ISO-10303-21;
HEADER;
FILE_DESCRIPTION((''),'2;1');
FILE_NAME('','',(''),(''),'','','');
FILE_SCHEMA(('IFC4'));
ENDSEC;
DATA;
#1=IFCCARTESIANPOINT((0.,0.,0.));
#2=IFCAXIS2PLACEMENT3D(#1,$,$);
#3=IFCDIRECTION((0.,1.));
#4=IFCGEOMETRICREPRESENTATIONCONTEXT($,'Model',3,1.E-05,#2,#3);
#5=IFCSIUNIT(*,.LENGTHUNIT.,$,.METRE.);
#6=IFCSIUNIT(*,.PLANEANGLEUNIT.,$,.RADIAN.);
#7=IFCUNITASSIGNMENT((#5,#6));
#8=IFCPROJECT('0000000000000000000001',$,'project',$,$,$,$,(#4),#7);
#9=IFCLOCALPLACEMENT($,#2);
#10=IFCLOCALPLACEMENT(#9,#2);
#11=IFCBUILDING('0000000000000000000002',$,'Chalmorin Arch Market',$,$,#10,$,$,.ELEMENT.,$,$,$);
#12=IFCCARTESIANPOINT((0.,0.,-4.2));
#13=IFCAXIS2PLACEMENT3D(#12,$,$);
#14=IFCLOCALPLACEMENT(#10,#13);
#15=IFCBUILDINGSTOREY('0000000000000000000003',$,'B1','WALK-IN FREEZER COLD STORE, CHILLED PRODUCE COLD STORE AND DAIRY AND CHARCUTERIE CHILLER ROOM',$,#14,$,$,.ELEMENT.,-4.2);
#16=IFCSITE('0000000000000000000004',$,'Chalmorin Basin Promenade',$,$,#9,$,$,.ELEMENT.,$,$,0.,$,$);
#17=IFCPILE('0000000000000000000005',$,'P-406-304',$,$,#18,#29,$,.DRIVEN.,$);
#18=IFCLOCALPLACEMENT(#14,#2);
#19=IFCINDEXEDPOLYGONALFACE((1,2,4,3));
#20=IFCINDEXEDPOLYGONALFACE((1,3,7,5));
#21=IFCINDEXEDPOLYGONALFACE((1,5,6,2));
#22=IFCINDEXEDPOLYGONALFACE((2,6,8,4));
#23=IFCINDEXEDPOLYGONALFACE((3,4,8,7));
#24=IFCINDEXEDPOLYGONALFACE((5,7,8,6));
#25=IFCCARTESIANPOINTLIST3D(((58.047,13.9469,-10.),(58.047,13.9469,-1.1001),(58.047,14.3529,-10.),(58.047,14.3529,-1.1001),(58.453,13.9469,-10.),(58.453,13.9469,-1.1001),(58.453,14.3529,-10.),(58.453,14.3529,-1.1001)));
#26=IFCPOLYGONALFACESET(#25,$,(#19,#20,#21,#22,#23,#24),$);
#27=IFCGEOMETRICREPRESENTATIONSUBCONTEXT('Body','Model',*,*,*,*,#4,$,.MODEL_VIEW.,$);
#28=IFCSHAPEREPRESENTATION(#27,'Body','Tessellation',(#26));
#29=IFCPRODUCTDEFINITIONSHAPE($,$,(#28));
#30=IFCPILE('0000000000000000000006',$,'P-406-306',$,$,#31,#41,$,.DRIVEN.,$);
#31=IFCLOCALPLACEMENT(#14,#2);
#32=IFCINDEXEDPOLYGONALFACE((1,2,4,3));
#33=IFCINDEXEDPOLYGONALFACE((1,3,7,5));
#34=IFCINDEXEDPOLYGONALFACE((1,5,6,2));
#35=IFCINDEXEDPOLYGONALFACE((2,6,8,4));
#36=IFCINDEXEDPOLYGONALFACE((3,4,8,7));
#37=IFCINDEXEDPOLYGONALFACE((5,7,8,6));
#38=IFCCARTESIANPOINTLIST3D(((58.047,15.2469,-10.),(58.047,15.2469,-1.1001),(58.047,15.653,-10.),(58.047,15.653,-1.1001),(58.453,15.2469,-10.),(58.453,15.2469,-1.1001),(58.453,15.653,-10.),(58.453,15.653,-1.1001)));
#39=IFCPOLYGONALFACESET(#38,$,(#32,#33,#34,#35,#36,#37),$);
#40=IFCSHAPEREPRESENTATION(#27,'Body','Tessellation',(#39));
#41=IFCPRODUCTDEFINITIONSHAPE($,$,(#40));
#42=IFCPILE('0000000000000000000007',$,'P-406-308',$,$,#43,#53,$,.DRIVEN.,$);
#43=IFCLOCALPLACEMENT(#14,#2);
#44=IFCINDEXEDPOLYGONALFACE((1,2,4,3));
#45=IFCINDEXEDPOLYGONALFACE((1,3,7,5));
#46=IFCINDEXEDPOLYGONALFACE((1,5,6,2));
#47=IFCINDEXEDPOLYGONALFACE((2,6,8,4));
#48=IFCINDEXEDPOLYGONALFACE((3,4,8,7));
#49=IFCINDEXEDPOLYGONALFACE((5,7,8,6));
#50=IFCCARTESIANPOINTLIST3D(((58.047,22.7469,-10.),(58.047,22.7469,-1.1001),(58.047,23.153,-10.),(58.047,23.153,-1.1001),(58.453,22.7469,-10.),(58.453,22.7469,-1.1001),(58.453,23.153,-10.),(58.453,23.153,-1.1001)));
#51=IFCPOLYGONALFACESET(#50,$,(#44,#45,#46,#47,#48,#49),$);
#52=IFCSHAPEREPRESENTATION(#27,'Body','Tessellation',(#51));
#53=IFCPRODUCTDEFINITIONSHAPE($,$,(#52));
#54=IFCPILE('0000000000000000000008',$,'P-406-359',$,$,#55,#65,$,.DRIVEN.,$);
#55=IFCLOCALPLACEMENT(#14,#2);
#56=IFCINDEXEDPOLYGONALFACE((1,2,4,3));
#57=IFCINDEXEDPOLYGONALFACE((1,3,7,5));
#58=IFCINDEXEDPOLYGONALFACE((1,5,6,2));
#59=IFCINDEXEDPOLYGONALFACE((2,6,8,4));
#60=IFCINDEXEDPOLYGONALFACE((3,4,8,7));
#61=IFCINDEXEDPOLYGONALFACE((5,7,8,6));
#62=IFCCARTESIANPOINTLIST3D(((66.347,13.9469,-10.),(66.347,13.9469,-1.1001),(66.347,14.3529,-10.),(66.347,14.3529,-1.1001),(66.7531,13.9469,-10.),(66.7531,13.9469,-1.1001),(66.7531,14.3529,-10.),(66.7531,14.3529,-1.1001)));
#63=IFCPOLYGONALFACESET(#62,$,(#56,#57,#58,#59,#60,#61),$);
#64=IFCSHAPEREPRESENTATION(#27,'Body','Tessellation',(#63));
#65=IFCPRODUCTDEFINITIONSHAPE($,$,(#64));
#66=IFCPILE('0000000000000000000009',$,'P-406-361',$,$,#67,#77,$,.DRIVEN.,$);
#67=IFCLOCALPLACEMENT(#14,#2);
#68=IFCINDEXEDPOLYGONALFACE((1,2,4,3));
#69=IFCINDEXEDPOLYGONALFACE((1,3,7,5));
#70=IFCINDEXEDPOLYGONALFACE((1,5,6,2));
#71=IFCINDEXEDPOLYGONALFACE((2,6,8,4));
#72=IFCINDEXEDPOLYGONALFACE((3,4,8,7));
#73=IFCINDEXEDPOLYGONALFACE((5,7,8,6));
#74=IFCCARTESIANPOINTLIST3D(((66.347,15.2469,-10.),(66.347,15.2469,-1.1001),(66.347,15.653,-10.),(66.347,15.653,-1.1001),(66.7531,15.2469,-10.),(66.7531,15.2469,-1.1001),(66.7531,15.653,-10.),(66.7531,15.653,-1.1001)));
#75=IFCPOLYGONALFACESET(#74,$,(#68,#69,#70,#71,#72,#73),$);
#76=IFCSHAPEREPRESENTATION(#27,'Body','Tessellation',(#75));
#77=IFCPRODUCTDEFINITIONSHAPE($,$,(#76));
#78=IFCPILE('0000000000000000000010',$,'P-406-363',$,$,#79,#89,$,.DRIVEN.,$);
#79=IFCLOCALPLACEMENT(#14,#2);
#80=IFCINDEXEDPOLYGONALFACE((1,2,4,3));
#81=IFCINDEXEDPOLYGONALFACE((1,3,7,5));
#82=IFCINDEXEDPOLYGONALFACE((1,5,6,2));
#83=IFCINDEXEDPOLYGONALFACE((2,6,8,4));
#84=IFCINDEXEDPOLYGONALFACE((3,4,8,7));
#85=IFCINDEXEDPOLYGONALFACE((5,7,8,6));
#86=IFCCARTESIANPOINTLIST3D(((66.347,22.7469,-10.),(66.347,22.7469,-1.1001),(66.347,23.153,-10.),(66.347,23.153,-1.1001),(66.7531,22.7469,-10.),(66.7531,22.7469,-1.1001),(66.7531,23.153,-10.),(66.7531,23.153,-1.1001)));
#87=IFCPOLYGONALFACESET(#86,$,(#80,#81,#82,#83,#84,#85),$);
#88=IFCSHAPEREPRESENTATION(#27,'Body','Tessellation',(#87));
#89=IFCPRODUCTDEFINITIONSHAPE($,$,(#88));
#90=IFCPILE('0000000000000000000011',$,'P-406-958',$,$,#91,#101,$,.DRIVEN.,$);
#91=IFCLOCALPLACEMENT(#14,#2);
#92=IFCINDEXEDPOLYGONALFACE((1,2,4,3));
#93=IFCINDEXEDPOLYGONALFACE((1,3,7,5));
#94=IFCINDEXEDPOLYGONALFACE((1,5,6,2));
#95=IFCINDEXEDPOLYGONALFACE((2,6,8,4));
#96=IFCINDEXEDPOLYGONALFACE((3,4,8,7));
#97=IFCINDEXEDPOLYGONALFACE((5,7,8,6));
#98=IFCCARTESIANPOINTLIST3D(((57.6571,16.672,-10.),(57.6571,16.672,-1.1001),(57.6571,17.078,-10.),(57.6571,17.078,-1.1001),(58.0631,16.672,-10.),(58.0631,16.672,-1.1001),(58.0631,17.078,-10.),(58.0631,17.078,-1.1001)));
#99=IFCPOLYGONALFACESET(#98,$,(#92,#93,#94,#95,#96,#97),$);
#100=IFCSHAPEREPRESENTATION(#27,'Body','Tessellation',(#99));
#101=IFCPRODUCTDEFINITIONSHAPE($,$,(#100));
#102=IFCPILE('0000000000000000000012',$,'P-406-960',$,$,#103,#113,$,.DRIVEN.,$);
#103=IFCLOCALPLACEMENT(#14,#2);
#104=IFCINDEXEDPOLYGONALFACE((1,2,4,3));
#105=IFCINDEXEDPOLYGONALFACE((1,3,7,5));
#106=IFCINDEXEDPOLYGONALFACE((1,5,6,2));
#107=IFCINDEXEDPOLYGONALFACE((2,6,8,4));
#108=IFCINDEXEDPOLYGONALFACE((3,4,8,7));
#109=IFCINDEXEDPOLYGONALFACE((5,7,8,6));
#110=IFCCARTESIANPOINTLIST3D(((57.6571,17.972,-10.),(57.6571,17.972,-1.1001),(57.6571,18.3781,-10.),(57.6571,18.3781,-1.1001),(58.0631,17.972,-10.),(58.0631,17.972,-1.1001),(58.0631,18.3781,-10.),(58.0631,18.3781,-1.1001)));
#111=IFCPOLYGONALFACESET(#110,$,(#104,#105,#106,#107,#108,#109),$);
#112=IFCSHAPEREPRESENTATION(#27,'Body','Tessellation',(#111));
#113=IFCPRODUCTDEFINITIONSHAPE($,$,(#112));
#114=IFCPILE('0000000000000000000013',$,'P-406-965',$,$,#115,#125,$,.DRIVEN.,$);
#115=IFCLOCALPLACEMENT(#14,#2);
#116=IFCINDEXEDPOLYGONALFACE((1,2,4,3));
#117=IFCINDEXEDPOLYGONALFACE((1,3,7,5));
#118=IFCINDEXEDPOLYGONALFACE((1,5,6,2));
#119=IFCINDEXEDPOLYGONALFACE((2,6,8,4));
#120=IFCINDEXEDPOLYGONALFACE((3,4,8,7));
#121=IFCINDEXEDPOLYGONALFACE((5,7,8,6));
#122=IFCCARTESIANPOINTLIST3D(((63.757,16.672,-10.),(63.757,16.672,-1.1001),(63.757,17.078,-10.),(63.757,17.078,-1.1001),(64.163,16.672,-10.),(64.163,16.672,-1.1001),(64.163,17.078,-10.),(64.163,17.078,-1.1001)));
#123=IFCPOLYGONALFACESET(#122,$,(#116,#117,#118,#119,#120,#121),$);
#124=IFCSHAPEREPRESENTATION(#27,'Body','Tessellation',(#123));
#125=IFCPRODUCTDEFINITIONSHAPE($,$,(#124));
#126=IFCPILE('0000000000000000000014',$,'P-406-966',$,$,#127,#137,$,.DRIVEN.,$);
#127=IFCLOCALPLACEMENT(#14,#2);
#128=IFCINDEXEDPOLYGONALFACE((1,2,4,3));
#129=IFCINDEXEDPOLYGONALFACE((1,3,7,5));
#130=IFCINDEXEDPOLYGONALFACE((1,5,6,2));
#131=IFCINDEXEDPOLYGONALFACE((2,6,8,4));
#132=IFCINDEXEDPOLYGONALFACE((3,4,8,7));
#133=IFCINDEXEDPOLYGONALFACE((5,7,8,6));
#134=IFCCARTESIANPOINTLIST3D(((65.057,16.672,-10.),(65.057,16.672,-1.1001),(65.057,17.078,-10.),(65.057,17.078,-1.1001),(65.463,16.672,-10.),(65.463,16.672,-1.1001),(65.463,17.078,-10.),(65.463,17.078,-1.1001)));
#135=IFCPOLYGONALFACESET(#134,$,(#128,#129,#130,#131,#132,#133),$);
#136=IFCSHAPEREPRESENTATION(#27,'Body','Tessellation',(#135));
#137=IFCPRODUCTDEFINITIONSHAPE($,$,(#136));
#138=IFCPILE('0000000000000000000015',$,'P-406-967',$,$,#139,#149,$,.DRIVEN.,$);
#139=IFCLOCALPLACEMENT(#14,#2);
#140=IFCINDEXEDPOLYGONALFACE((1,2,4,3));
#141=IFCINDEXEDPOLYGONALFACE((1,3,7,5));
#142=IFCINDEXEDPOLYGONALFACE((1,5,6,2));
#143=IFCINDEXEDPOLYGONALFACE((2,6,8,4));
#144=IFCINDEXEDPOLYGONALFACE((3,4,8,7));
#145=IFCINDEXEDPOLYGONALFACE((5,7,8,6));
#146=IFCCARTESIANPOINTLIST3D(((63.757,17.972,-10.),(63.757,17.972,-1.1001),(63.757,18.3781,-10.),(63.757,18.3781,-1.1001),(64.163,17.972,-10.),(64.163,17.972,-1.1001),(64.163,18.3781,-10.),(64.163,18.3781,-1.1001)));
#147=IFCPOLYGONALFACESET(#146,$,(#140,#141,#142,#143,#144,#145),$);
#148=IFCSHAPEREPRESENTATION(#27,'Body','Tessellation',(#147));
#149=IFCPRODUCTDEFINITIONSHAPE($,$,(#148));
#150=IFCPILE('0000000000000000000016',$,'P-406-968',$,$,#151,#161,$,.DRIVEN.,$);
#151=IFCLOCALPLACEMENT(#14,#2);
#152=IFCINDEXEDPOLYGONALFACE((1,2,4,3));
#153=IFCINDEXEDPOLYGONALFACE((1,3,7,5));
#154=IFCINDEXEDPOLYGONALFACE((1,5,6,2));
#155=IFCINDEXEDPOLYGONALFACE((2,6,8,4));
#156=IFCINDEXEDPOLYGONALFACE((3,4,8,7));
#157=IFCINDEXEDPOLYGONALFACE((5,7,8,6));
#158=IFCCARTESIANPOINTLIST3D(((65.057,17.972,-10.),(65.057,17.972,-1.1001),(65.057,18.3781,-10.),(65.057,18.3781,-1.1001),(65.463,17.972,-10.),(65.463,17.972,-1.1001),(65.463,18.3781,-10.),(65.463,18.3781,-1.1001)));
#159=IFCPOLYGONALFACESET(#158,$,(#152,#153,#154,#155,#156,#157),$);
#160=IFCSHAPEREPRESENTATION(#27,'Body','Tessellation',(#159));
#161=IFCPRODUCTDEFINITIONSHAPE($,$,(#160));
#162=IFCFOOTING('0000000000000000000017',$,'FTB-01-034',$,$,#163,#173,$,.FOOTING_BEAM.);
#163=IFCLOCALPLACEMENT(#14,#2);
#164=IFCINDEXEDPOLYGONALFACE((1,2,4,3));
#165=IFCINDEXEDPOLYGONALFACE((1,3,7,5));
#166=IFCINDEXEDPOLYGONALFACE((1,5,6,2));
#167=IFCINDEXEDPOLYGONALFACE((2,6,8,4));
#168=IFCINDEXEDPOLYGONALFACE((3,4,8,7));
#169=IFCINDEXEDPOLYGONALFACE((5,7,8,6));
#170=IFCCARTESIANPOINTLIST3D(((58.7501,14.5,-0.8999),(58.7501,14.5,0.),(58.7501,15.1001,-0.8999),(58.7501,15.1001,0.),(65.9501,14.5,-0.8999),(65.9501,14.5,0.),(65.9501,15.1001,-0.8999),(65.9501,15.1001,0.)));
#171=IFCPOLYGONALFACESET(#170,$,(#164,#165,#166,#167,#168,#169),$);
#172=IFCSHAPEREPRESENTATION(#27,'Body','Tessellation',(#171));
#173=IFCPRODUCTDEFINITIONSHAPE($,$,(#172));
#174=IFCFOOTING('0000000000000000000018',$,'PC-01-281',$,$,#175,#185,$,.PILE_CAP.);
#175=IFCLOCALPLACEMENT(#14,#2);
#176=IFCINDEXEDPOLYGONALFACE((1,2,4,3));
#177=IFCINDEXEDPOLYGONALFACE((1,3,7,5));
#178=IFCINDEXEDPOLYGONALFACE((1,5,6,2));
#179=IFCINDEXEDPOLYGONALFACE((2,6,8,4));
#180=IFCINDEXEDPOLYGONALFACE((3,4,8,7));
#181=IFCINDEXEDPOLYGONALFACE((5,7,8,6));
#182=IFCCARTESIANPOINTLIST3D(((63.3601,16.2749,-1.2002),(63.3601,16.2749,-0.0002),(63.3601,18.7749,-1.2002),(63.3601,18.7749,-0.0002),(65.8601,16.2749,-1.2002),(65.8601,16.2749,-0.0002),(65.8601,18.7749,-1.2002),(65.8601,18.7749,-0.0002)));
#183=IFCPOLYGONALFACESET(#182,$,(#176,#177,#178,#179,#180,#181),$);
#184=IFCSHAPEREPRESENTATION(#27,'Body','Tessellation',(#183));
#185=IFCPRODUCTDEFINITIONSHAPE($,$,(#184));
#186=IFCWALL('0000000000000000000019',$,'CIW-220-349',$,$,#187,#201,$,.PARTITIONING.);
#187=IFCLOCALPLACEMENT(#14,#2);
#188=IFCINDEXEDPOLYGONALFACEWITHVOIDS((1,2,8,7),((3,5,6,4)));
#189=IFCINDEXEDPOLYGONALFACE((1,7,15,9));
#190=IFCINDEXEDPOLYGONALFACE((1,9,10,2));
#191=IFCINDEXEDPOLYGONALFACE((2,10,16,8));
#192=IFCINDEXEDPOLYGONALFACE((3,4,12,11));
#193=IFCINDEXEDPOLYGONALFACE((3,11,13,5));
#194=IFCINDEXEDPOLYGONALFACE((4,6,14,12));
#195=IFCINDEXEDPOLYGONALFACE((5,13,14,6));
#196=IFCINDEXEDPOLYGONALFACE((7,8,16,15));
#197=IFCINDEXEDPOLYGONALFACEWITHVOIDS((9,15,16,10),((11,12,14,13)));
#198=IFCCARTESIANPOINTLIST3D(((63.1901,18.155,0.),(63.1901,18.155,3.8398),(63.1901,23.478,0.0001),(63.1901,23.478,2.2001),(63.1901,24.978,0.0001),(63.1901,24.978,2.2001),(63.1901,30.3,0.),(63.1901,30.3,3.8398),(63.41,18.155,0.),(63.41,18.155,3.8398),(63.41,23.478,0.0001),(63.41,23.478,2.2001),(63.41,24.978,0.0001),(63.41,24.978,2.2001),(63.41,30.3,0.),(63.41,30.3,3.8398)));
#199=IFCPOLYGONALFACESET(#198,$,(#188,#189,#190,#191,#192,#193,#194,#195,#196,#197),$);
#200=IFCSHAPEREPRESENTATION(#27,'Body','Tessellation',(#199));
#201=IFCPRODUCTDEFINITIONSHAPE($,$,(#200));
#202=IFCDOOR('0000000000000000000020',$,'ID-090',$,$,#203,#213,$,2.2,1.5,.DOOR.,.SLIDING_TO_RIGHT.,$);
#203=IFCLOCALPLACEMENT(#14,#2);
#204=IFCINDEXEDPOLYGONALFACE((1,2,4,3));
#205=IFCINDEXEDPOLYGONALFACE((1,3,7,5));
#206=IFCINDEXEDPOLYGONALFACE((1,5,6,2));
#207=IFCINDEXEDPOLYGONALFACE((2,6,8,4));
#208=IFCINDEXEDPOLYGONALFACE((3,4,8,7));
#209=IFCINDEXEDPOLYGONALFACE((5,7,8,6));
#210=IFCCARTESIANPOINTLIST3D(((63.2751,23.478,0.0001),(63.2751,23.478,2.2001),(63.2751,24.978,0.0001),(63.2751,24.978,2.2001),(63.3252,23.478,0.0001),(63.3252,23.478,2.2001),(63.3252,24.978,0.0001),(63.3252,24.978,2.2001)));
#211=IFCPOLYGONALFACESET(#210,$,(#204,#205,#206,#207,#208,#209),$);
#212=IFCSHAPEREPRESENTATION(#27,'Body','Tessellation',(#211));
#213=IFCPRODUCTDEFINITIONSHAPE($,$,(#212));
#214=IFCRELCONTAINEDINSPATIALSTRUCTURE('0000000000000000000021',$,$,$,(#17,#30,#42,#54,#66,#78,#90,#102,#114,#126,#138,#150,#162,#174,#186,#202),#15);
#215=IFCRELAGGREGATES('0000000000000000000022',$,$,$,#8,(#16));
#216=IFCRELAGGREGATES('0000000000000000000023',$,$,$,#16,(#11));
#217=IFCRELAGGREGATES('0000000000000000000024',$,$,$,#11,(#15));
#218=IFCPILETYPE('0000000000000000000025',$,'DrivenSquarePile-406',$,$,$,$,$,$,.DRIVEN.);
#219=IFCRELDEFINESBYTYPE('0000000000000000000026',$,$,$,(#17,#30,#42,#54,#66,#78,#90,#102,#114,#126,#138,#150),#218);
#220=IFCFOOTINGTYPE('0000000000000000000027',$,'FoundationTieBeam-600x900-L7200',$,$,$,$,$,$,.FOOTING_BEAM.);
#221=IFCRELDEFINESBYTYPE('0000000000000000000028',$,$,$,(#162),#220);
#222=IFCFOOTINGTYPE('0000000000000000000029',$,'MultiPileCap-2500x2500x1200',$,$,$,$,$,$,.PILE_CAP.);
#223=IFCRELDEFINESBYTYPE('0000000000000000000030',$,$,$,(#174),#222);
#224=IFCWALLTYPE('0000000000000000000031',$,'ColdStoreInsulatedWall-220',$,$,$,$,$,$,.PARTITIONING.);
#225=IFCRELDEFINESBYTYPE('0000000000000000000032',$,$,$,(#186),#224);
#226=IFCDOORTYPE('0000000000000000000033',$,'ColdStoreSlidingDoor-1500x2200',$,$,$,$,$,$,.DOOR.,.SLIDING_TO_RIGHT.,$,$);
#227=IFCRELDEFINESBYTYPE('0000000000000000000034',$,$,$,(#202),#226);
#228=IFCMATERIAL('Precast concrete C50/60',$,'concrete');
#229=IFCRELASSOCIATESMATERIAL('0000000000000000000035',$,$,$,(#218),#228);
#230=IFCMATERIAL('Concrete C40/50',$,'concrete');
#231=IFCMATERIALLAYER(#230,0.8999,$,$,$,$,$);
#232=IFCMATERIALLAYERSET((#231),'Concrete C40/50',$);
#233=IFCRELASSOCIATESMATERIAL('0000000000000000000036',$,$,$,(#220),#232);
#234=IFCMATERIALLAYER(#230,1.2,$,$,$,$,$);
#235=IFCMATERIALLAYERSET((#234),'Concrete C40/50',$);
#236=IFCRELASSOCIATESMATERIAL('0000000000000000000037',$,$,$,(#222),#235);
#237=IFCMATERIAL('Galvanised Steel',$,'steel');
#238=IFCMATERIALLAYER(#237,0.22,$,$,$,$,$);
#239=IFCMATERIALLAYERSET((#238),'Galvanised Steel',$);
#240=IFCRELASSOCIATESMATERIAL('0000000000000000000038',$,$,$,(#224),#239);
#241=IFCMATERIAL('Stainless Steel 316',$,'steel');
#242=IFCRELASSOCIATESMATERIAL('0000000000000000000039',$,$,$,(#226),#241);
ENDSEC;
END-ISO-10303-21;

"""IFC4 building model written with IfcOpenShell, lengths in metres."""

from ifc_helpers import new_model, si_unit, direction, frame, frame_2d, origin, origin_2d, place, context, subcontext, project, spatial, rectangle, extrude, material, layer, layer_set, material_profile, profile_set, type_object, element, fill, save


model = new_model("IFC4")

# Units and contexts
model_context = context("Model", 3, precision=1e-05, world=origin(), true_north=direction((0.0, 1.0)))
body_context = subcontext(model_context, "Body", "Model", "MODEL_VIEW")
ifc_project = project(units=[si_unit("LENGTHUNIT", "METRE"), si_unit("PLANEANGLEUNIT", "RADIAN")], contexts=[model_context])

# Site, building, storey
site_placement = place(None, origin())
site = spatial("IfcSite", under=ifc_project, at=site_placement, Name="Chalmorin Basin Promenade", CompositionType="ELEMENT", RefElevation=0.0)
building_placement = place(site_placement, origin())
building = spatial("IfcBuilding", under=site, at=building_placement, Name="Chalmorin Arch Market", CompositionType="ELEMENT")
storey_placement = place(building_placement, frame((0.0, 0.0, -4.2)))
storey = spatial("IfcBuildingStorey", under=building, at=storey_placement, Name="B1", Description="WALK-IN FREEZER COLD STORE, CHILLED PRODUCE COLD STORE AND DAIRY AND CHARCUTERIE CHILLER ROOM", CompositionType="ELEMENT", Elevation=-4.2)

# Piles
ifc_material_1 = material(Name="Precast concrete C50/60", Category="concrete")
ifc_material_profile = material_profile(ifc_material_1, rectangle(XDim=0.406, YDim=0.406, at=origin_2d()), Name="PPC406")
ifc_profile_set = profile_set([ifc_material_profile], Name="Precast concrete C50/60")
pile_type = type_object("IfcPileType", Name="DrivenSquarePile-406", PredefinedType="DRIVEN", material=ifc_profile_set)
for number, where, z_axis, x_axis, name in (
    (1, (58.25, 14.1499, -1.1001), (0.0, 0.0, -1.0), (1.0, 0.0, 0.0), "P-406-304"),
    (2, (58.25, 15.45, -1.1001), (0.0, 0.0, -1.0), (1.0, 0.0, 0.0), "P-406-306"),
    (3, (58.25, 22.95, -1.1001), (0.0, 0.0, -1.0), (1.0, 0.0, 0.0), "P-406-308"),
    (4, (66.55, 14.1499, -1.1001), (0.0, 0.0, -1.0), (1.0, 0.0, 0.0), "P-406-359"),
    (5, (66.55, 15.45, -1.1001), (0.0, 0.0, -1.0), (1.0, 0.0, 0.0), "P-406-361"),
    (6, (66.55, 22.95, -1.1001), (0.0, 0.0, -1.0), (1.0, 0.0, 0.0), "P-406-363"),
    (7, (57.8601, 16.875, -1.1001), (0.0, 0.0, -1.0), (1.0, 0.0, 0.0), "P-406-958"),
    (8, (57.8601, 18.175, -1.1001), (0.0, 0.0, -1.0), (1.0, 0.0, 0.0), "P-406-960"),
    (9, (63.96, 16.875, -1.1001), (0.0, 0.0, -1.0), (1.0, 0.0, 0.0), "P-406-965"),
    (10, (65.26, 16.875, -1.1001), (0.0, 0.0, -1.0), (1.0, 0.0, 0.0), "P-406-966"),
    (11, (63.96, 18.175, -1.1001), (0.0, 0.0, -1.0), (1.0, 0.0, 0.0), "P-406-967"),
    (12, (65.26, 18.175, -1.1001), (0.0, 0.0, -1.0), (1.0, 0.0, 0.0), "P-406-968"),
):
    element("IfcPile", number, at=place(storey_placement, frame(where, z_axis=z_axis, x_axis=x_axis)), inside=storey, type_object=pile_type, Name=name, PredefinedType="DRIVEN", context=body_context, shape_type="SweptSolid", body=[
        extrude(rectangle(XDim=0.406, YDim=0.406, at=origin_2d()), origin(), (0.0, 0.0, 1.0), 8.8999),
    ])

# Footings
ifc_material_2 = material(Name="Concrete C40/50", Category="concrete")
ifc_layer_1 = layer(ifc_material_2, 0.8999)
ifc_layer_set_1 = layer_set([ifc_layer_1], Name="Concrete C40/50")
footing_type_1 = type_object("IfcFootingType", Name="FoundationTieBeam-600x900-L7200", PredefinedType="FOOTING_BEAM", material=ifc_layer_set_1)
footing_1_placement = place(storey_placement, frame((62.3501, 14.8, -0.8999), z_axis=(0.0, 0.0, 1.0), x_axis=(1.0, 0.0, 0.0)))
element("IfcFooting", 13, at=footing_1_placement, inside=storey, type_object=footing_type_1, Name="FTB-01-034", PredefinedType="FOOTING_BEAM", context=body_context, shape_type="SweptSolid", body=[
    extrude(rectangle(XDim=7.2, YDim=0.6001, at=origin_2d()), origin(), (0.0, 0.0, 1.0), 0.8999),
])
ifc_layer_2 = layer(ifc_material_2, 1.2)
ifc_layer_set_2 = layer_set([ifc_layer_2], Name="Concrete C40/50")
footing_type_2 = type_object("IfcFootingType", Name="MultiPileCap-2500x2500x1200", PredefinedType="PILE_CAP", material=ifc_layer_set_2)
footing_2_placement = place(storey_placement, frame((64.6101, 17.5249, -1.2002), z_axis=(0.0, 0.0, 1.0), x_axis=(1.0, 0.0, 0.0)))
element("IfcFooting", 14, at=footing_2_placement, inside=storey, type_object=footing_type_2, Name="PC-01-281", PredefinedType="PILE_CAP", context=body_context, shape_type="SweptSolid", body=[
    extrude(rectangle(XDim=2.5, YDim=2.5, at=origin_2d()), origin(), (0.0, 0.0, 1.0), 1.2),
])

# Wall, opening, door
ifc_material_3 = material(Name="Galvanised Steel", Category="steel")
ifc_layer_3 = layer(ifc_material_3, 0.22)
ifc_layer_set_3 = layer_set([ifc_layer_3], Name="Galvanised Steel")
wall_type_1 = type_object("IfcWallType", Name="ColdStoreInsulatedWall-220", PredefinedType="PARTITIONING", material=ifc_layer_set_3)
wall_1_placement = place(storey_placement, frame((63.3, 18.155, 0.0), z_axis=(0.0, 0.0, 1.0), x_axis=(0.0, 1.0, 0.0)))
wall_1 = element("IfcWall", 15, at=wall_1_placement, inside=storey, type_object=wall_type_1, Name="CIW-220-349", PredefinedType="PARTITIONING", context=body_context, shape_type="SweptSolid", body=[
    extrude(rectangle(XDim=12.145, YDim=0.22, at=frame_2d((6.0725, 0.0))), origin(), (0.0, 0.0, 1.0), 3.8398),
])
opening_placement = place(wall_1_placement, frame((5.323, 0.0, 0.0)))
opening = element("IfcOpeningElement", 16, at=opening_placement, cuts=wall_1, PredefinedType="OPENING", context=body_context, shape_type="SweptSolid", body=[
    extrude(rectangle(XDim=1.5, YDim=2.2, at=frame_2d((0.75, 1.1001))), frame((0.0, 0.1199, 0.0), z_axis=(0.0, -1.0, 0.0), x_axis=(1.0, 0.0, 0.0)), (0.0, 0.0, 1.0), 0.24),
])
ifc_material_4 = material(Name="Stainless Steel 316", Category="steel")
door_type = type_object("IfcDoorType", Name="ColdStoreSlidingDoor-1500x2200", OperationType="SLIDING_TO_RIGHT", PredefinedType="DOOR", material=ifc_material_4)
door_placement = place(opening_placement, origin())
door = element("IfcDoor", 17, at=door_placement, inside=storey, type_object=door_type, Name="ID-090", OperationType="SLIDING_TO_RIGHT", OverallHeight=2.2, OverallWidth=1.5, PredefinedType="DOOR", context=body_context, shape_type="SweptSolid", body=[
    extrude(rectangle(XDim=1.5, YDim=2.2, at=frame_2d((0.75, 1.1001))), frame((0.0, 0.0249, 0.0), z_axis=(0.0, -1.0, 0.0), x_axis=(1.0, 0.0, 0.0)), (0.0, 0.0, 1.0), 0.05),
])
fill(opening, door)

save(model, "model.ifc")
